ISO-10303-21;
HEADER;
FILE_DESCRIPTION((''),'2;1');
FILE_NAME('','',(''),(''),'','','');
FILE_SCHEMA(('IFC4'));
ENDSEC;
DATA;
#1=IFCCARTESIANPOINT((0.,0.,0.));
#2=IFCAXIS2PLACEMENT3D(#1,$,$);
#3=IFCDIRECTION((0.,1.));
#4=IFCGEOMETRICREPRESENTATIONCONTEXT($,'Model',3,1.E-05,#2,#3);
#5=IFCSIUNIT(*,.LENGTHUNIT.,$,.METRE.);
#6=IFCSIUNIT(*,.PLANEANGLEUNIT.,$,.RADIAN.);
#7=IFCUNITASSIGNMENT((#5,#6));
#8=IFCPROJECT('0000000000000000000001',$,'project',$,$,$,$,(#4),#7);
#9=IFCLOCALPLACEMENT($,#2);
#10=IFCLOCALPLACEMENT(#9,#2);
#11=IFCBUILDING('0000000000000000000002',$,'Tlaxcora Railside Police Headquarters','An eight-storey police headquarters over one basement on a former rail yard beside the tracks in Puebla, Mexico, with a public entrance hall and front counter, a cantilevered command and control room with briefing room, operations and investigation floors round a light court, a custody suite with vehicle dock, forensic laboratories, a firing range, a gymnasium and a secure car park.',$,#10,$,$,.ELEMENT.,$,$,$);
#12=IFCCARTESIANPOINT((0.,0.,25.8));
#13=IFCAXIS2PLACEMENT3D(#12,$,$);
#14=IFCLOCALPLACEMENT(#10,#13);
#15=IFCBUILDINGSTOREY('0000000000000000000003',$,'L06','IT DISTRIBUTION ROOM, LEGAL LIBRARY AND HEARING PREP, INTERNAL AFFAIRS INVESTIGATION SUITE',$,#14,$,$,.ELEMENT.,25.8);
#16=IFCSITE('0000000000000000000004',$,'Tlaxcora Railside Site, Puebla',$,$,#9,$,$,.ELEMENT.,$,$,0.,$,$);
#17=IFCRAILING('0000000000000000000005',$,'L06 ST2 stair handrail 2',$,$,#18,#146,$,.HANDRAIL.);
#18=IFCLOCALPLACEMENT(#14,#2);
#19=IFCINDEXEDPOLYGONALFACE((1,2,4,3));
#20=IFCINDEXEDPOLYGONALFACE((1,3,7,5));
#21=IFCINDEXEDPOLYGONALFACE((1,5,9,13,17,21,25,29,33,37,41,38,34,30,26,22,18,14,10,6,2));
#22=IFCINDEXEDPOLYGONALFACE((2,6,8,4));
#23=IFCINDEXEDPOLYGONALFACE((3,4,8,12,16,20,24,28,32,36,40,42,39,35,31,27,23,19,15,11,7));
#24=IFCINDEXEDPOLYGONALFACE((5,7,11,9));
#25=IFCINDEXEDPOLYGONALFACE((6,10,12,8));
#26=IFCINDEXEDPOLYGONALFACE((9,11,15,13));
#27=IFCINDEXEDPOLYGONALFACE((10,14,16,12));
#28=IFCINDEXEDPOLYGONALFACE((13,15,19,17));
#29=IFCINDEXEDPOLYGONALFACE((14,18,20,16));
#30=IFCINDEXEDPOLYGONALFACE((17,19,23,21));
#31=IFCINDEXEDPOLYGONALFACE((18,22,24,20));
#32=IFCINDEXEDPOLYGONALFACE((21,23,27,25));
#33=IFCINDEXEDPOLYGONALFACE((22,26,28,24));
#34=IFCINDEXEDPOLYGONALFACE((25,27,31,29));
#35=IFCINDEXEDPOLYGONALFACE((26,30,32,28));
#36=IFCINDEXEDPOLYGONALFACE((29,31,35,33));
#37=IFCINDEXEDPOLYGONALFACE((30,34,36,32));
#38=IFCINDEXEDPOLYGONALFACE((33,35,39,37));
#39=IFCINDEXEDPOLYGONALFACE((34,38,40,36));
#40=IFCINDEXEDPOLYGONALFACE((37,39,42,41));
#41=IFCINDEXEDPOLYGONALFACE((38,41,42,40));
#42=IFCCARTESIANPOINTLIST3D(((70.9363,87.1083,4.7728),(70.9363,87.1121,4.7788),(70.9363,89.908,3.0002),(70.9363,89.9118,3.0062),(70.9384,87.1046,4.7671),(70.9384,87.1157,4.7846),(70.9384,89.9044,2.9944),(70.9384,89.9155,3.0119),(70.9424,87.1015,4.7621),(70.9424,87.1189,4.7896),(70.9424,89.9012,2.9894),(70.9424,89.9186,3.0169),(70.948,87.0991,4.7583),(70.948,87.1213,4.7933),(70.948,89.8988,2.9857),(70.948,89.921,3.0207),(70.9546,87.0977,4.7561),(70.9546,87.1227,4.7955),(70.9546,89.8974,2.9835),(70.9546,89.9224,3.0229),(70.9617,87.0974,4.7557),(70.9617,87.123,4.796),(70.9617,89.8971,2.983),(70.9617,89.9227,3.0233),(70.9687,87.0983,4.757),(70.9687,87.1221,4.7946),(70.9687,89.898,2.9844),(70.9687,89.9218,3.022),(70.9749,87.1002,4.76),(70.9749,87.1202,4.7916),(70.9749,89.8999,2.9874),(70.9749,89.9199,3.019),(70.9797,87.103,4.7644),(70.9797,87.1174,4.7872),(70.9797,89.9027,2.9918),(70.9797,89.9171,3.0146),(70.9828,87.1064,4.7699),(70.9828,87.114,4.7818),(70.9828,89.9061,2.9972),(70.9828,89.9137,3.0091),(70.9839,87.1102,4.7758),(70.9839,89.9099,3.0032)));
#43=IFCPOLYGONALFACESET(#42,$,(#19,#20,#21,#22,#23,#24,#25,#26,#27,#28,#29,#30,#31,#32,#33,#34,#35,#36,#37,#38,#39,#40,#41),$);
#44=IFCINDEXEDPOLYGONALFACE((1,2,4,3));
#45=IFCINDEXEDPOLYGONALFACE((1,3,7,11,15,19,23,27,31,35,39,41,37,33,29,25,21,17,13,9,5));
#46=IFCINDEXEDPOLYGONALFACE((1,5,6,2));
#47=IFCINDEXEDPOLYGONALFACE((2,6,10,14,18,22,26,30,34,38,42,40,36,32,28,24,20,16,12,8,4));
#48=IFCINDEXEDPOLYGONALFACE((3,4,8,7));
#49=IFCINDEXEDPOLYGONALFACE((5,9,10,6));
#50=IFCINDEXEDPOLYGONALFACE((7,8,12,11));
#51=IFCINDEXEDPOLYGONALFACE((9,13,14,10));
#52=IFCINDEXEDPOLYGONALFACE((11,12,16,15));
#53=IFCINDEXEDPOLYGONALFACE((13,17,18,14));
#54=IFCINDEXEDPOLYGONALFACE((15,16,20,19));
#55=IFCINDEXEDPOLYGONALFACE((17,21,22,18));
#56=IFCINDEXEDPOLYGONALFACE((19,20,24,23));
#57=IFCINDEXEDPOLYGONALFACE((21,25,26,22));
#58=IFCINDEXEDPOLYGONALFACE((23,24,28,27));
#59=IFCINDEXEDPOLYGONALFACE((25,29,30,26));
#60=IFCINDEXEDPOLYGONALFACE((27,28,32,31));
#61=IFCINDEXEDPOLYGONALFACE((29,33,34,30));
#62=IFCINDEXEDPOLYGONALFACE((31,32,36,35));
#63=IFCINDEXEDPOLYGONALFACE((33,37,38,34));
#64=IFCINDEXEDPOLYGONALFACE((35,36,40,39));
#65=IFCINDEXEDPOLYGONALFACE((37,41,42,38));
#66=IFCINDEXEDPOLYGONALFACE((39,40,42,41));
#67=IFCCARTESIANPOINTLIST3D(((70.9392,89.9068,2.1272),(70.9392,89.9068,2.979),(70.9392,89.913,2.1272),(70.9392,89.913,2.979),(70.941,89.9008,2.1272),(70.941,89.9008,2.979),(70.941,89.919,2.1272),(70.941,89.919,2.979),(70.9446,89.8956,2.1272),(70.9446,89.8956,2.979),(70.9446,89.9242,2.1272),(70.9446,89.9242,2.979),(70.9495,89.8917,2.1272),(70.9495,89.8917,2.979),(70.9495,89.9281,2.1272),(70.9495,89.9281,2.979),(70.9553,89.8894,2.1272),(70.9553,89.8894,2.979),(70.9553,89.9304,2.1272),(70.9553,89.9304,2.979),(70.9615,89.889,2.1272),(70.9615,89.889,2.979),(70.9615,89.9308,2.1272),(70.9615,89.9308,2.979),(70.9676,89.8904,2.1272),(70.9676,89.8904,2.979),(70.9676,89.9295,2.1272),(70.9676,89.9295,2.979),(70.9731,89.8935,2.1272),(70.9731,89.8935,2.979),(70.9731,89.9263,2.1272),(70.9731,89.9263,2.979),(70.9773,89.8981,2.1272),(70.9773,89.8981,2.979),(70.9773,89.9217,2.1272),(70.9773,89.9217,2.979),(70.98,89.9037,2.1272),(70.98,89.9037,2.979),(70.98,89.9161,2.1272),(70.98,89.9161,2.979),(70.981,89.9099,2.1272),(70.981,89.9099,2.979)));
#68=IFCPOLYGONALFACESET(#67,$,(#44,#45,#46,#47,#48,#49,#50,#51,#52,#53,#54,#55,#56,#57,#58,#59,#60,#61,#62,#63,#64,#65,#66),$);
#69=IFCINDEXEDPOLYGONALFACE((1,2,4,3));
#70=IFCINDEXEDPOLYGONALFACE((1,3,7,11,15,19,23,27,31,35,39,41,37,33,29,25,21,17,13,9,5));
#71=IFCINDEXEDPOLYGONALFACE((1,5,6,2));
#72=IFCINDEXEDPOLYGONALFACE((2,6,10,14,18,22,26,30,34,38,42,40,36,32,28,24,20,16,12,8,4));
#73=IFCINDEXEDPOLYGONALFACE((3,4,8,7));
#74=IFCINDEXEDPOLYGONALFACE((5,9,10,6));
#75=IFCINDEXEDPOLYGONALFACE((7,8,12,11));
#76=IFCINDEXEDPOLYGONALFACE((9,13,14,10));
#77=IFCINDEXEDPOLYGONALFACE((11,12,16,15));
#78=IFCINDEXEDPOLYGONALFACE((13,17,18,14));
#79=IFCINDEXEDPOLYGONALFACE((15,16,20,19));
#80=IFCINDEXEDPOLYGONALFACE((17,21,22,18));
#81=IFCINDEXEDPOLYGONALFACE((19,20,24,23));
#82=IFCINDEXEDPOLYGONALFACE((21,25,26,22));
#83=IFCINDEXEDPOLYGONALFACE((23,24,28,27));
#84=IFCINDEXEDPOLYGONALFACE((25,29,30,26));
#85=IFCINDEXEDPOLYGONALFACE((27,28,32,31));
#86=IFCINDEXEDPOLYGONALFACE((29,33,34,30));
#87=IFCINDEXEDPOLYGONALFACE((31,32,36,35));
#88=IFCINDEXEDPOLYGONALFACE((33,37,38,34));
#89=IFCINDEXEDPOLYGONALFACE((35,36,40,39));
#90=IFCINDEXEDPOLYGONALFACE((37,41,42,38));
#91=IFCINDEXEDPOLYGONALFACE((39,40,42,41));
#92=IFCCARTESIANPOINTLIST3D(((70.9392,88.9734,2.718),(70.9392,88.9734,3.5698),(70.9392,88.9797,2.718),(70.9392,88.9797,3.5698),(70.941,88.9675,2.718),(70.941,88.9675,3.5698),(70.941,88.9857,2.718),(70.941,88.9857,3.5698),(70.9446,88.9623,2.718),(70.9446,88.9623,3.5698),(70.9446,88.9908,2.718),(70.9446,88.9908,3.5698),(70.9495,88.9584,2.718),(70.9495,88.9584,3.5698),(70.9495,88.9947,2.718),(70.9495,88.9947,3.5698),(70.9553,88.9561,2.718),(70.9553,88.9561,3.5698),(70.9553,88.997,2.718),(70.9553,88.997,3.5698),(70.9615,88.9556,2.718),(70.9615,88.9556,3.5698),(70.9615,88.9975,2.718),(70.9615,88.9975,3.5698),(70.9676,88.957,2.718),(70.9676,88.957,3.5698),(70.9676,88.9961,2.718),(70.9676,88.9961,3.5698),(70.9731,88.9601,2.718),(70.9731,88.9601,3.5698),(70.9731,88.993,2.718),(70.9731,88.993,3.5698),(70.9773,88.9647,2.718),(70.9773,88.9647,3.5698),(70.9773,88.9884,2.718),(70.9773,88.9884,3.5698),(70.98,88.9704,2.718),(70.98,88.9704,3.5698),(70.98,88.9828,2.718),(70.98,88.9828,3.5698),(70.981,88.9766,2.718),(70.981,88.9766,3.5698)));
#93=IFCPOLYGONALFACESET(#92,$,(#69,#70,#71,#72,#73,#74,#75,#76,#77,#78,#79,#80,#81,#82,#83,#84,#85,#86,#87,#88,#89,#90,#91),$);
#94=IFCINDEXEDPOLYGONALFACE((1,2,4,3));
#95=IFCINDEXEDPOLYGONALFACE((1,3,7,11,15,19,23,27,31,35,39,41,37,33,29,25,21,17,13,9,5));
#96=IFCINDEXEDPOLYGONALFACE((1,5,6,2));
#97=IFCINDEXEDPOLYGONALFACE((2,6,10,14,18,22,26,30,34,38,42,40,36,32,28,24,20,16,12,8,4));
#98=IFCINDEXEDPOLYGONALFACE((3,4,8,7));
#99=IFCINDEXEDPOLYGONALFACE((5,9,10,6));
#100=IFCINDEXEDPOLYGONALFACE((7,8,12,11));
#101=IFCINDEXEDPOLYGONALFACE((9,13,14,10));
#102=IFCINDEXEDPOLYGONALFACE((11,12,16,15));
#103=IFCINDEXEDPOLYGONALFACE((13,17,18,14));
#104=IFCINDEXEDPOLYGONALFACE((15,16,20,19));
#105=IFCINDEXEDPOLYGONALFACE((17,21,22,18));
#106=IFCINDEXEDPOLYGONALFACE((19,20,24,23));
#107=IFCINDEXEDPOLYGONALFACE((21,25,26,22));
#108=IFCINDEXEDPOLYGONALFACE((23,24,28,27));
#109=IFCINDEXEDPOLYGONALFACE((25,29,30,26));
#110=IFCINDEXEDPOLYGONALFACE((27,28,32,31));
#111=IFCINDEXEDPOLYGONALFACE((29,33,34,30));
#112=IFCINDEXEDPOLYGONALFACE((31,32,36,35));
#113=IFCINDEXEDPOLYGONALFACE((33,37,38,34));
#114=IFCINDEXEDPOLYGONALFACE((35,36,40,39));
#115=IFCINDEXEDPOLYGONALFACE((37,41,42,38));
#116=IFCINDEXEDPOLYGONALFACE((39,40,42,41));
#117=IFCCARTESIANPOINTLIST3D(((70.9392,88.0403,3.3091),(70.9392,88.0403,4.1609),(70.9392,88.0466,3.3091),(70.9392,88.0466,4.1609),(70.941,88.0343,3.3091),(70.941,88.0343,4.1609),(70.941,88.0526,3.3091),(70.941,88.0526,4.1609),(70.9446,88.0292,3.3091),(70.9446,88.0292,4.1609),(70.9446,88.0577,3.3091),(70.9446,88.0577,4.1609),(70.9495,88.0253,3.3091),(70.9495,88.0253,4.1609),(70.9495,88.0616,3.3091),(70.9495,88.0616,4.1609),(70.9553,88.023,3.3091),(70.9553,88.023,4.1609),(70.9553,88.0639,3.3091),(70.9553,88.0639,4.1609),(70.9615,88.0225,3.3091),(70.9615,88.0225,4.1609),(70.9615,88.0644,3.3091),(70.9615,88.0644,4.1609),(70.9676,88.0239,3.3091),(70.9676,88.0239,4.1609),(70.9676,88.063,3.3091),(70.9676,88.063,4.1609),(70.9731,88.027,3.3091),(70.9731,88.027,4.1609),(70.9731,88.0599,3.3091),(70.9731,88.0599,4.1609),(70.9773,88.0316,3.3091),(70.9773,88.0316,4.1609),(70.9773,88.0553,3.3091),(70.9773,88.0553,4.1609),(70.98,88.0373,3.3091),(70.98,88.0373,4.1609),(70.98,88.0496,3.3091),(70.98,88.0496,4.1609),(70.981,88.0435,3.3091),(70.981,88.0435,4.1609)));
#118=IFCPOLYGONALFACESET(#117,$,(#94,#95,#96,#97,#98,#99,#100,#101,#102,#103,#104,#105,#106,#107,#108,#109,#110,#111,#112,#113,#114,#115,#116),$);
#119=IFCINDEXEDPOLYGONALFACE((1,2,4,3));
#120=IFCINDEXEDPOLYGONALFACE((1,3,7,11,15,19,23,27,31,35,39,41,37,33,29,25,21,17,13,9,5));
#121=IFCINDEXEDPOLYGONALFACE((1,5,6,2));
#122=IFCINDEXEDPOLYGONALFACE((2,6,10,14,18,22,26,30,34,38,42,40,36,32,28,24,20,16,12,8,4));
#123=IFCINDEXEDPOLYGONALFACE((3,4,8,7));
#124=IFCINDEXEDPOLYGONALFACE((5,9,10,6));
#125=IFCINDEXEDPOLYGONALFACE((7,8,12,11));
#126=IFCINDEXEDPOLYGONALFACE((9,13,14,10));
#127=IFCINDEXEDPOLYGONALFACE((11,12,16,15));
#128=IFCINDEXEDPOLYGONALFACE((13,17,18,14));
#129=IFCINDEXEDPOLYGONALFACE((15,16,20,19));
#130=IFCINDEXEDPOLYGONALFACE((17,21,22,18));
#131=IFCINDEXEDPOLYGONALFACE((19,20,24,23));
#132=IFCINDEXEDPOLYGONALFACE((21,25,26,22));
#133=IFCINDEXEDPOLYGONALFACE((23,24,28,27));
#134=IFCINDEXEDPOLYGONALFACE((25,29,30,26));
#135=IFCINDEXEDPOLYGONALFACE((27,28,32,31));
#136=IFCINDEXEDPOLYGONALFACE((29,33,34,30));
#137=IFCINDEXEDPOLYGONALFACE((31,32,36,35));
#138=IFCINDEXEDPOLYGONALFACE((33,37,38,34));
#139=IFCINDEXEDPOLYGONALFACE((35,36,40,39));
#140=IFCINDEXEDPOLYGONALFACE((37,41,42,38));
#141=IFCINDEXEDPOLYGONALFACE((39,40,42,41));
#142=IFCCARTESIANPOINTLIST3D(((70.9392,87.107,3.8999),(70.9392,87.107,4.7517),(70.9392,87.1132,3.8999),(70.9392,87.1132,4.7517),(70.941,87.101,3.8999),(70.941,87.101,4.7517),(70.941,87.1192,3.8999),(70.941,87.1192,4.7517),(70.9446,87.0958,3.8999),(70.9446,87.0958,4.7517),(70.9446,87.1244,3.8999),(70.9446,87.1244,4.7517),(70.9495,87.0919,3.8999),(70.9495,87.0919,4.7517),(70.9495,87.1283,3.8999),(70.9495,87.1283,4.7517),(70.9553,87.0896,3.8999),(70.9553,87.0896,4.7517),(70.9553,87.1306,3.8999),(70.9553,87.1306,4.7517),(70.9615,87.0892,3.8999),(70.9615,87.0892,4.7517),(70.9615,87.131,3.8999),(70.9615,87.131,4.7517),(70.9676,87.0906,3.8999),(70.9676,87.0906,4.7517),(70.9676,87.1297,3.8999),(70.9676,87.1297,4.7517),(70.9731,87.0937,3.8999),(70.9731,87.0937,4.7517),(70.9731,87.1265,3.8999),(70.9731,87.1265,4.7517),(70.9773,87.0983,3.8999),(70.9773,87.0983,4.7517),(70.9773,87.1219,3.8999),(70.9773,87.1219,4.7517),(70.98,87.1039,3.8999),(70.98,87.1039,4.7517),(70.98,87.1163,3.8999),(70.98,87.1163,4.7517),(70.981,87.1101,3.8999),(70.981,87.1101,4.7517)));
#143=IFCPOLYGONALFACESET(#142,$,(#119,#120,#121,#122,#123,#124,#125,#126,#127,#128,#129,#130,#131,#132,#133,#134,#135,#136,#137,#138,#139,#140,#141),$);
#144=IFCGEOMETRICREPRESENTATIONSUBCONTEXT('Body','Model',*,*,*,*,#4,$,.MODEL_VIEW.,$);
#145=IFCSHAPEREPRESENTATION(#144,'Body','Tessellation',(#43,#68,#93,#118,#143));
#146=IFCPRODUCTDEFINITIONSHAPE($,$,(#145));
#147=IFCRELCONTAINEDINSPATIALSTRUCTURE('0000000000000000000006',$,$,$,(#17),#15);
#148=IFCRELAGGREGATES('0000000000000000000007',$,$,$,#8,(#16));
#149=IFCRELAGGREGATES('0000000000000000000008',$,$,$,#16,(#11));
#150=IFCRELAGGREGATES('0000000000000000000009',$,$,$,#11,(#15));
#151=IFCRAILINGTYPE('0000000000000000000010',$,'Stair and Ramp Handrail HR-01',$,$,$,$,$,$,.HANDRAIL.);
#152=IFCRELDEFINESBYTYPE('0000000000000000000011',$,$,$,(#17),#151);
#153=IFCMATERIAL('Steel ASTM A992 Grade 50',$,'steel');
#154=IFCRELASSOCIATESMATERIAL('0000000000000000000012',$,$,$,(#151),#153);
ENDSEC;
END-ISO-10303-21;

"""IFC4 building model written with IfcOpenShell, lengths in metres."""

from ifc_helpers import new_model, si_unit, direction, frame, origin, origin_2d, place, context, subcontext, project, spatial, circle, extrude, material, type_object, element, save


model = new_model("IFC4")

# Units and contexts
model_context = context("Model", 3, precision=1e-05, world=origin(), true_north=direction((0.0, 1.0)))
body_context = subcontext(model_context, "Body", "Model", "MODEL_VIEW")
ifc_project = project(units=[si_unit("LENGTHUNIT", "METRE"), si_unit("PLANEANGLEUNIT", "RADIAN")], contexts=[model_context])

# Site, building, storey
site_placement = place(None, origin())
site = spatial("IfcSite", under=ifc_project, at=site_placement, Name="Tlaxcora Railside Site, Puebla", CompositionType="ELEMENT", RefElevation=0.0)
building_placement = place(site_placement, origin())
building = spatial("IfcBuilding", under=site, at=building_placement, Name="Tlaxcora Railside Police Headquarters", Description="An eight-storey police headquarters over one basement on a former rail yard beside the tracks in Puebla, Mexico, with a public entrance hall and front counter, a cantilevered command and control room with briefing room, operations and investigation floors round a light court, a custody suite with vehicle dock, forensic laboratories, a firing range, a gymnasium and a secure car park.", CompositionType="ELEMENT")
storey_placement = place(building_placement, frame((0.0, 0.0, 25.8)))
storey = spatial("IfcBuildingStorey", under=building, at=storey_placement, Name="L06", Description="IT DISTRIBUTION ROOM, LEGAL LIBRARY AND HEARING PREP, INTERNAL AFFAIRS INVESTIGATION SUITE", CompositionType="ELEMENT", Elevation=25.8)

# Shared definitions
ifc_material_1 = material(Name="Steel ASTM A992 Grade 50", Category="steel")

# Railing
railing_type_1 = type_object("IfcRailingType", Name="Stair and Ramp Handrail HR-01", PredefinedType="HANDRAIL", material=ifc_material_1)
railing_1_placement = place(storey_placement, frame((70.96, 89.9099, 2.1272)))
element("IfcRailing", 1, at=railing_1_placement, inside=storey, type_object=railing_type_1, Name="L06 ST2 stair handrail 2", PredefinedType="HANDRAIL", context=body_context, shape_type="SweptSolid", body=[
    extrude(circle(Radius=0.0239, at=origin_2d()), frame((0.0, 0.0, 0.876), z_axis=(0.0, -0.844888, 0.534943), x_axis=(1.0, 0.0, 0.0)), (0.0, 0.0, 1.0), 3.3137),
    extrude(circle(Radius=0.021, at=origin_2d()), origin(), (0.0, 0.0, 1.0), 0.8518),
    extrude(circle(Radius=0.021, at=origin_2d()), frame((0.0, -0.9333, 0.5908)), (0.0, 0.0, 1.0), 0.8518),
    extrude(circle(Radius=0.021, at=origin_2d()), frame((0.0, -1.8665, 1.1819)), (0.0, 0.0, 1.0), 0.8518),
    extrude(circle(Radius=0.021, at=origin_2d()), frame((0.0, -2.7998, 1.7727)), (0.0, 0.0, 1.0), 0.8518),
])

save(model, "model.ifc")
